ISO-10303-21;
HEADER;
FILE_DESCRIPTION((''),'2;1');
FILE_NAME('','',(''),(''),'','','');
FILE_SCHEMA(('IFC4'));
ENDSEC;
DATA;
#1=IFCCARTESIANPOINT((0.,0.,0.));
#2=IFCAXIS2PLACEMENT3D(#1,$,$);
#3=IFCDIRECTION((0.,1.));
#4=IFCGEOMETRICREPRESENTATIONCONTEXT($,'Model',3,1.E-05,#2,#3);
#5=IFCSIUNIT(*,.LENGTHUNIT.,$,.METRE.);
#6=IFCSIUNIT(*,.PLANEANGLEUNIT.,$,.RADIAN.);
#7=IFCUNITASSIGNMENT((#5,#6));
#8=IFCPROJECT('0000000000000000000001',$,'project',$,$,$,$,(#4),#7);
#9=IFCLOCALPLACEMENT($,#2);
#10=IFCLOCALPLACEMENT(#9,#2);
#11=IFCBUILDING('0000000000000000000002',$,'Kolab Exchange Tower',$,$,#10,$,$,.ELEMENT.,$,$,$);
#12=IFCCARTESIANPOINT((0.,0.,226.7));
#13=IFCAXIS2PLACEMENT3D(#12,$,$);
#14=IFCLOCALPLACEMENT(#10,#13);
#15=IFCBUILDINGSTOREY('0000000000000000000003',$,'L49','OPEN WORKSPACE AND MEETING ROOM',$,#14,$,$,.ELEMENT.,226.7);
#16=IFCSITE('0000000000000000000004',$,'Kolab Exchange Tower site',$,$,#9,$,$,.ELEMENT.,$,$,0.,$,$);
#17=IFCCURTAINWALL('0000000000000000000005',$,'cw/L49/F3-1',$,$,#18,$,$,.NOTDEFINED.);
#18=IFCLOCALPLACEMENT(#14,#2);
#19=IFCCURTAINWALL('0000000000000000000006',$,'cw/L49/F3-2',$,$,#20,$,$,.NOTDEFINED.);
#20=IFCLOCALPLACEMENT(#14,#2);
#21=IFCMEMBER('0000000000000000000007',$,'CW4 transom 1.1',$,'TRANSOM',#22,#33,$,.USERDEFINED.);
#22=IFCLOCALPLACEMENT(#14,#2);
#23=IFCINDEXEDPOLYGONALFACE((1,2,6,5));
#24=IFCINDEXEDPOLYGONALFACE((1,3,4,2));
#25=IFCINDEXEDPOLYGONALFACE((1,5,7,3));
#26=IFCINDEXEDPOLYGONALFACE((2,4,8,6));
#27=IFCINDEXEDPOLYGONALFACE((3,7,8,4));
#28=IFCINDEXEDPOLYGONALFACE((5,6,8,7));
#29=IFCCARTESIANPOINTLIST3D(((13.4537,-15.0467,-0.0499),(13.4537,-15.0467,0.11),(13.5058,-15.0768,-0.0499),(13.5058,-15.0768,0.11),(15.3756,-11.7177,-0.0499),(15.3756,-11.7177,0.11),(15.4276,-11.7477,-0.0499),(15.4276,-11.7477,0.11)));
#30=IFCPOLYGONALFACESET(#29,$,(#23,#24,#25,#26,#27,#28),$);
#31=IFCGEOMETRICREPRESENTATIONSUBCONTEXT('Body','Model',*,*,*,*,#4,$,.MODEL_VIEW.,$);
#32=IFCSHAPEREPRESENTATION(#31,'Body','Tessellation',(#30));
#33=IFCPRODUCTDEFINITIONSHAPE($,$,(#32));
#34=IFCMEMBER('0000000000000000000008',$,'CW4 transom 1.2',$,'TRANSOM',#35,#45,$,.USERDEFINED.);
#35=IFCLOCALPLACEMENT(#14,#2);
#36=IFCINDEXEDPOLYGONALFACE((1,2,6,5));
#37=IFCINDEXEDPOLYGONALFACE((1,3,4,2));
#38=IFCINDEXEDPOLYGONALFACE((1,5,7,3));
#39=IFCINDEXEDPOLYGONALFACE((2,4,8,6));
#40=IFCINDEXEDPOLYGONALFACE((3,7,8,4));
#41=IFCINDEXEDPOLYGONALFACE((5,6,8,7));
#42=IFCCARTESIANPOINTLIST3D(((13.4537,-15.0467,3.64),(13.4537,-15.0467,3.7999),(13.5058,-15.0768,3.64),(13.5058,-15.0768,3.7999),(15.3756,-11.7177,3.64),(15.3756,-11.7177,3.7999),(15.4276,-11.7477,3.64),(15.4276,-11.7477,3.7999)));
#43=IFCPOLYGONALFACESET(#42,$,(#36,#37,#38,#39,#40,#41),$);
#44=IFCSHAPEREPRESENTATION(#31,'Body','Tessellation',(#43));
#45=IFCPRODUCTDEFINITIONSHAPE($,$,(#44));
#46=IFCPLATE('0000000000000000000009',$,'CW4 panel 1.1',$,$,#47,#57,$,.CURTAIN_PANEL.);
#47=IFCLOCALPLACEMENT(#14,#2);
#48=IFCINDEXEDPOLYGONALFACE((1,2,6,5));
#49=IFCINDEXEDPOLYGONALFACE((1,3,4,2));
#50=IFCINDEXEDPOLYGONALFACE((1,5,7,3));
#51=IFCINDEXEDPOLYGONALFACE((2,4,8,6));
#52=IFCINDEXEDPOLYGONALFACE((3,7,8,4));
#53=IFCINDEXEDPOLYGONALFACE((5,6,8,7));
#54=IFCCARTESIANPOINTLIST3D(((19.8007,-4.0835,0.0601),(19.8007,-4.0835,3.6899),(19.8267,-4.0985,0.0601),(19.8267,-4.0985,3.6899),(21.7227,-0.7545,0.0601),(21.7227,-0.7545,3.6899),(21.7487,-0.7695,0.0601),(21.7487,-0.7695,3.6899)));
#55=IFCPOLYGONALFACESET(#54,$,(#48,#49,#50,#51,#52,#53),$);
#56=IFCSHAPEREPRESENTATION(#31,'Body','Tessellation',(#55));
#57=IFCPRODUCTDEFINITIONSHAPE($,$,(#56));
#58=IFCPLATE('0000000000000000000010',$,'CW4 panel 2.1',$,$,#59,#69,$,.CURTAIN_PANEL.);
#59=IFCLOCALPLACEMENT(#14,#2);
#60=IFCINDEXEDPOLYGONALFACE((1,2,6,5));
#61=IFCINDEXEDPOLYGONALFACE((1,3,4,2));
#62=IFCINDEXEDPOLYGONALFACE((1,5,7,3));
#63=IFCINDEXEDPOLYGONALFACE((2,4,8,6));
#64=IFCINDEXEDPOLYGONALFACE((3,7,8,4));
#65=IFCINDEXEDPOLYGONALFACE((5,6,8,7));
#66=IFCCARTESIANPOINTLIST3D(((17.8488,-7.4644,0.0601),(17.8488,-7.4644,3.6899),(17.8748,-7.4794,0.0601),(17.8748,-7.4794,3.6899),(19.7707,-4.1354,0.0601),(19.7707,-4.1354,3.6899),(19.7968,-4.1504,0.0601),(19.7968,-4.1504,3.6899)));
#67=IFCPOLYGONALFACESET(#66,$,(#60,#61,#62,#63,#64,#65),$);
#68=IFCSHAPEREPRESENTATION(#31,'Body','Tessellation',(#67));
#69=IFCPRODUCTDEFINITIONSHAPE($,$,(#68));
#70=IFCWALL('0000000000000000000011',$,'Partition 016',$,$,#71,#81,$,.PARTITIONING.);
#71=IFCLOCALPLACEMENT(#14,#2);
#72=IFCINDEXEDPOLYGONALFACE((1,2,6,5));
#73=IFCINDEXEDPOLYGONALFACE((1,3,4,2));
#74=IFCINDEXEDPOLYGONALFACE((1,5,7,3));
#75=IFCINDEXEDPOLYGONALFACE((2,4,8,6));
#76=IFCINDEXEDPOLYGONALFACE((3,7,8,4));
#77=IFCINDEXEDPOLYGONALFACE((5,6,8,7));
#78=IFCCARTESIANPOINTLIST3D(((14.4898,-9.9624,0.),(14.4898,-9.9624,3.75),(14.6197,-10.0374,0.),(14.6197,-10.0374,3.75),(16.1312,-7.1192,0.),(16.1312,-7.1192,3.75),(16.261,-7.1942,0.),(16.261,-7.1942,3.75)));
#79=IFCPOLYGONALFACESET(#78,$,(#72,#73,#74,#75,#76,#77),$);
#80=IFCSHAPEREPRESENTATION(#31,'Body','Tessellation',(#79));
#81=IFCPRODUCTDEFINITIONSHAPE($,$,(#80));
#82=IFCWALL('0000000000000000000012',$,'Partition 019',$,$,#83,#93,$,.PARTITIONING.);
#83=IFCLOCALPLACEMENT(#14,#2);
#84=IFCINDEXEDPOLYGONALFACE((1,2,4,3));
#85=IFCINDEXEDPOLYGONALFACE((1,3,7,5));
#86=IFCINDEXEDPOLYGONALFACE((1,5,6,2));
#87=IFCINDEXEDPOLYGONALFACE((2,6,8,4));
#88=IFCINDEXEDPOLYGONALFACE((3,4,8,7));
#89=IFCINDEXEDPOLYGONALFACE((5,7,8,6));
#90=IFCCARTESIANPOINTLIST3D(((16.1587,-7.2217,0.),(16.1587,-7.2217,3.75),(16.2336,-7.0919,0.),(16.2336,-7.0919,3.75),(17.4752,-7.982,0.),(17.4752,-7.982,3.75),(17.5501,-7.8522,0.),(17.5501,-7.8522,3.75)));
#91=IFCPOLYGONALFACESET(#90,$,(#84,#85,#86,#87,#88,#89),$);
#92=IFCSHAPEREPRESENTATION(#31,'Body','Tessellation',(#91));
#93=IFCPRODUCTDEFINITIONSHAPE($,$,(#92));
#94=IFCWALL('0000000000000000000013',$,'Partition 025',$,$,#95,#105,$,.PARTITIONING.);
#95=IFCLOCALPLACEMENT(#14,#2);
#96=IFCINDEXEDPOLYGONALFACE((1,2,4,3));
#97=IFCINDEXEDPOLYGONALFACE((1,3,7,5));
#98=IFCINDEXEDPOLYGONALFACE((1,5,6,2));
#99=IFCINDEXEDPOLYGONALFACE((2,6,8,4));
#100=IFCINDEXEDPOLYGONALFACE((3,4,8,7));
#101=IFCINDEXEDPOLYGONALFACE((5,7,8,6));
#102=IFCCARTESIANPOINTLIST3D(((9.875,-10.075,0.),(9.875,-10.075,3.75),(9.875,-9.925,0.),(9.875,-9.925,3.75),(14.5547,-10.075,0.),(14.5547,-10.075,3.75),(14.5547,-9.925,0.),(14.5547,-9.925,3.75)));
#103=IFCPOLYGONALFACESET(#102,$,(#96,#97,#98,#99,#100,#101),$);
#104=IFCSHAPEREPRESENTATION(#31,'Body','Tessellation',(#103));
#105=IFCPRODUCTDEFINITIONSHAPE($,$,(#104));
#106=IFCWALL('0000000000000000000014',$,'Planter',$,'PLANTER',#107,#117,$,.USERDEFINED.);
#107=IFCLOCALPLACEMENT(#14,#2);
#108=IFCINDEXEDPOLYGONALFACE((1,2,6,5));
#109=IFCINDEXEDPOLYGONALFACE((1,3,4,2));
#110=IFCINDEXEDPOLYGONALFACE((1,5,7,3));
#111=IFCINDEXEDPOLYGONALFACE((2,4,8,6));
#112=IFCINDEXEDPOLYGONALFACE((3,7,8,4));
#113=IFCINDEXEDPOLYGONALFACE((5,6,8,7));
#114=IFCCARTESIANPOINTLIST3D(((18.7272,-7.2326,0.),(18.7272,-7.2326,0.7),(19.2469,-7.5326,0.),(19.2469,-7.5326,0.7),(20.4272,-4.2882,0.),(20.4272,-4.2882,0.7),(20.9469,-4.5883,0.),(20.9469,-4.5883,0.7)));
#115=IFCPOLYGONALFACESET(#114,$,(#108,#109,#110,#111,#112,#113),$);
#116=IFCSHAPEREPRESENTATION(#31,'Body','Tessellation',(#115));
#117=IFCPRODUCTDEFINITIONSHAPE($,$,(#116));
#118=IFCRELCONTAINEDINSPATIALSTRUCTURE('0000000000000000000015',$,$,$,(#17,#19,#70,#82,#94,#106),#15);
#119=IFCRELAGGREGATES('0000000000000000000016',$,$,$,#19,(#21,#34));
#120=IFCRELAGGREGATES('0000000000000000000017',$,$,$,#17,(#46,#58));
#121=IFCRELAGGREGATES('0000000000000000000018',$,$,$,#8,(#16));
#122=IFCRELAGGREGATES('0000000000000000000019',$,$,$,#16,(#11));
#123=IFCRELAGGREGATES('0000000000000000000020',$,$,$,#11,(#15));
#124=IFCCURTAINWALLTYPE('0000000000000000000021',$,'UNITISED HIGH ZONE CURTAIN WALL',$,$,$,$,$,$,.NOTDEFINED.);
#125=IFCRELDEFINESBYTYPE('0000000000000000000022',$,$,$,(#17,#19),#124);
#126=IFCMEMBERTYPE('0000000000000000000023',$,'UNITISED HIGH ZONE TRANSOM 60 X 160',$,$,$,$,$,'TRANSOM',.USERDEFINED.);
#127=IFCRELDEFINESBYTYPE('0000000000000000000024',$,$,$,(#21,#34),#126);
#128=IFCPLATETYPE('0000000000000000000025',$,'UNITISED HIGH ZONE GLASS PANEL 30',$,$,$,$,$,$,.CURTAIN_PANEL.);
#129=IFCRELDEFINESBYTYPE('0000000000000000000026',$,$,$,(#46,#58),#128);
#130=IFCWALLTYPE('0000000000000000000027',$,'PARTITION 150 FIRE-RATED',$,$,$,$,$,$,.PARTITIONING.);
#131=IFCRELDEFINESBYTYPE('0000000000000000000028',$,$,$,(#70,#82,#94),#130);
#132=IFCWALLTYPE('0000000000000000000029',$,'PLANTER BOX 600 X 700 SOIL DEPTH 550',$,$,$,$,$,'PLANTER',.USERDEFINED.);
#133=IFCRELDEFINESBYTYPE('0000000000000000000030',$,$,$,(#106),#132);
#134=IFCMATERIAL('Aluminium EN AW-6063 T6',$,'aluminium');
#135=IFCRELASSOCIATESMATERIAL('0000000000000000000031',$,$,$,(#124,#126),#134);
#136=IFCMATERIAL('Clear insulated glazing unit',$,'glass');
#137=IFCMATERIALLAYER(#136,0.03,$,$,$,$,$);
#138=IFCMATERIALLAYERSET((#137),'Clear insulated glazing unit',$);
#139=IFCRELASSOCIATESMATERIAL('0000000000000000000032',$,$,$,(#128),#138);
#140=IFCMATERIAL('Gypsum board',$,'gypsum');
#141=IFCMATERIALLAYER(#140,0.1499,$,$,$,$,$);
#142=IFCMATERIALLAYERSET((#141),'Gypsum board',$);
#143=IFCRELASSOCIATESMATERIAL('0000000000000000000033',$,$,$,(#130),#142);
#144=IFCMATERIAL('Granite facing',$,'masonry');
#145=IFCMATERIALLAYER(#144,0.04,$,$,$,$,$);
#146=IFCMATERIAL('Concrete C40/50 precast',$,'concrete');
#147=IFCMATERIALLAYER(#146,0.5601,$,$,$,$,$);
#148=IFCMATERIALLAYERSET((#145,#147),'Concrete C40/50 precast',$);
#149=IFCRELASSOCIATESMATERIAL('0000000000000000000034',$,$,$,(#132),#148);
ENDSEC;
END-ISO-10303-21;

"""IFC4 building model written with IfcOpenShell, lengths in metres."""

from ifc_helpers import new_model, si_unit, direction, frame, frame_2d, origin, origin_2d, place, context, subcontext, project, spatial, rectangle, extrude, material, layer, layer_set, material_profile, profile_set, type_object, element, aggregate, save


model = new_model("IFC4")

# Units and contexts
model_context = context("Model", 3, precision=1e-05, world=origin(), true_north=direction((0.0, 1.0)))
body_context = subcontext(model_context, "Body", "Model", "MODEL_VIEW")
ifc_project = project(units=[si_unit("LENGTHUNIT", "METRE"), si_unit("PLANEANGLEUNIT", "RADIAN")], contexts=[model_context])

# Site, building, storey
site_placement = place(None, origin())
site = spatial("IfcSite", under=ifc_project, at=site_placement, Name="Kolab Exchange Tower site", CompositionType="ELEMENT", RefElevation=0.0)
building_placement = place(site_placement, origin())
building = spatial("IfcBuilding", under=site, at=building_placement, Name="Kolab Exchange Tower", CompositionType="ELEMENT")
storey_placement = place(building_placement, frame((0.0, 0.0, 226.7)))
storey = spatial("IfcBuildingStorey", under=building, at=storey_placement, Name="L49", Description="OPEN WORKSPACE AND MEETING ROOM", CompositionType="ELEMENT", Elevation=226.7)

# Curtain wall
ifc_material_1 = material(Name="Aluminium EN AW-6063 T6", Category="aluminium")
curtain_wall_type = type_object("IfcCurtainWallType", Name="UNITISED HIGH ZONE CURTAIN WALL", PredefinedType="NOTDEFINED", material=ifc_material_1)
curtain_wall_1_placement = place(storey_placement, origin())
curtain_wall_1 = element("IfcCurtainWall", 1, at=curtain_wall_1_placement, inside=storey, type_object=curtain_wall_type, Name="cw/L49/F3-1", PredefinedType="NOTDEFINED")

# Curtain wall
curtain_wall_2_placement = place(storey_placement, origin())
curtain_wall_2 = element("IfcCurtainWall", 2, at=curtain_wall_2_placement, inside=storey, type_object=curtain_wall_type, Name="cw/L49/F3-2", PredefinedType="NOTDEFINED")

# Members
ifc_material_profile_1 = material_profile(ifc_material_1, rectangle(XDim=0.0601, YDim=0.1599, at=origin_2d()), Name="RECT 60X160")
ifc_profile_set_1 = profile_set([ifc_material_profile_1], Name="Aluminium EN AW-6063 T6")
member_type_1 = type_object("IfcMemberType", Name="UNITISED HIGH ZONE TRANSOM 60 X 160", ElementType="TRANSOM", PredefinedType="USERDEFINED", material=ifc_profile_set_1)
member_1_placement = place(storey_placement, frame((15.4016, -11.7327, 0.03), z_axis=(-0.499964, -0.866046, 0.0), x_axis=(0.866046, -0.499964, 0.0)))
member_1 = element("IfcMember", 3, at=member_1_placement, type_object=member_type_1, Name="CW4 transom 1.1", ObjectType="TRANSOM", PredefinedType="USERDEFINED", context=body_context, shape_type="SweptSolid", body=[
    extrude(rectangle(XDim=0.0601, YDim=0.1599, at=origin_2d()), origin(), (0.0, 0.0, 1.0), 3.844),
])
member_2_placement = place(storey_placement, frame((15.4016, -11.7327, 3.72), z_axis=(-0.499964, -0.866046, 0.0), x_axis=(0.866046, -0.499964, 0.0)))
member_2 = element("IfcMember", 4, at=member_2_placement, type_object=member_type_1, Name="CW4 transom 1.2", ObjectType="TRANSOM", PredefinedType="USERDEFINED", context=body_context, shape_type="SweptSolid", body=[
    extrude(rectangle(XDim=0.0601, YDim=0.1599, at=origin_2d()), origin(), (0.0, 0.0, 1.0), 3.844),
])
aggregate(curtain_wall_2, [member_1, member_2])

# Plates
ifc_material_2 = material(Name="Clear insulated glazing unit", Category="glass")
ifc_layer_1 = layer(ifc_material_2, 0.03)
ifc_layer_set_1 = layer_set([ifc_layer_1], Name="Clear insulated glazing unit")
plate_type = type_object("IfcPlateType", Name="UNITISED HIGH ZONE GLASS PANEL 30", PredefinedType="CURTAIN_PANEL", material=ifc_layer_set_1)
plate_1_placement = place(storey_placement, frame((20.7747, -2.4265, 0.0601), z_axis=(0.0, 0.0, 1.0), x_axis=(-0.5, -0.866025, 0.0)))
plate_1 = element("IfcPlate", 5, at=plate_1_placement, type_object=plate_type, Name="CW4 panel 1.1", PredefinedType="CURTAIN_PANEL", context=body_context, shape_type="SweptSolid", body=[
    extrude(rectangle(XDim=3.844, YDim=0.03, at=origin_2d()), origin(), (0.0, 0.0, 1.0), 3.6299),
])
plate_2_placement = place(storey_placement, frame((18.8228, -5.8074, 0.0601), z_axis=(0.0, 0.0, 1.0), x_axis=(-0.5, -0.866025, 0.0)))
plate_2 = element("IfcPlate", 6, at=plate_2_placement, type_object=plate_type, Name="CW4 panel 2.1", PredefinedType="CURTAIN_PANEL", context=body_context, shape_type="SweptSolid", body=[
    extrude(rectangle(XDim=3.844, YDim=0.03, at=origin_2d()), origin(), (0.0, 0.0, 1.0), 3.6299),
])
aggregate(curtain_wall_1, [plate_1, plate_2])

# Walls
ifc_material_3 = material(Name="Gypsum board", Category="gypsum")
ifc_layer_2 = layer(ifc_material_3, 0.1499)
ifc_layer_set_2 = layer_set([ifc_layer_2], Name="Gypsum board")
wall_type_1 = type_object("IfcWallType", Name="PARTITION 150 FIRE-RATED", PredefinedType="PARTITIONING", material=ifc_layer_set_2)
wall_1_placement = place(storey_placement, frame((14.5547, -10.0, 0.0), z_axis=(0.0, 0.0, 1.0), x_axis=(0.499954, 0.866052, 0.0)))
element("IfcWall", 7, at=wall_1_placement, inside=storey, type_object=wall_type_1, Name="Partition 016", PredefinedType="PARTITIONING", context=body_context, shape_type="SweptSolid", body=[
    extrude(rectangle(XDim=3.283, YDim=0.1499, at=frame_2d((1.6416, 0.0))), origin(), (0.0, 0.0, 1.0), 3.75),
])
wall_2_placement = place(storey_placement, frame((16.196, -7.1567, 0.0), z_axis=(0.0, 0.0, 1.0), x_axis=(0.865961, -0.500112, 0.0)))
element("IfcWall", 8, at=wall_2_placement, inside=storey, type_object=wall_type_1, Name="Partition 019", PredefinedType="PARTITIONING", context=body_context, shape_type="SweptSolid", body=[
    extrude(rectangle(XDim=1.5203, YDim=0.1499, at=frame_2d((0.7603, 0.0))), origin(), (0.0, 0.0, 1.0), 3.75),
])
wall_3_placement = place(storey_placement, frame((9.875, -10.0, 0.0), z_axis=(0.0, 0.0, 1.0), x_axis=(1.0, 0.0, 0.0)))
element("IfcWall", 9, at=wall_3_placement, inside=storey, type_object=wall_type_1, Name="Partition 025", PredefinedType="PARTITIONING", context=body_context, shape_type="SweptSolid", body=[
    extrude(rectangle(XDim=4.6797, YDim=0.1499, at=frame_2d((2.3398, 0.0))), origin(), (0.0, 0.0, 1.0), 3.75),
])
ifc_material_4 = material(Name="Granite facing", Category="masonry")
ifc_layer_3 = layer(ifc_material_4, 0.04)
ifc_material_5 = material(Name="Concrete C40/50 precast", Category="concrete")
ifc_layer_4 = layer(ifc_material_5, 0.5601)
ifc_layer_set_3 = layer_set([ifc_layer_3, ifc_layer_4], Name="Concrete C40/50 precast")
wall_type_2 = type_object("IfcWallType", Name="PLANTER BOX 600 X 700 SOIL DEPTH 550", ElementType="PLANTER", PredefinedType="USERDEFINED", material=ifc_layer_set_3)
wall_4_placement = place(storey_placement, frame((20.687, -4.4382, 0.0), z_axis=(0.0, 0.0, 1.0), x_axis=(-0.500008, -0.866021, 0.0)))
element("IfcWall", 10, at=wall_4_placement, inside=storey, type_object=wall_type_2, Name="Planter", ObjectType="PLANTER", PredefinedType="USERDEFINED", context=body_context, shape_type="SweptSolid", body=[
    extrude(rectangle(XDim=3.3999, YDim=0.6001, at=frame_2d((1.7, 0.0))), origin(), (0.0, 0.0, 1.0), 0.7),
])

save(model, "model.ifc")
